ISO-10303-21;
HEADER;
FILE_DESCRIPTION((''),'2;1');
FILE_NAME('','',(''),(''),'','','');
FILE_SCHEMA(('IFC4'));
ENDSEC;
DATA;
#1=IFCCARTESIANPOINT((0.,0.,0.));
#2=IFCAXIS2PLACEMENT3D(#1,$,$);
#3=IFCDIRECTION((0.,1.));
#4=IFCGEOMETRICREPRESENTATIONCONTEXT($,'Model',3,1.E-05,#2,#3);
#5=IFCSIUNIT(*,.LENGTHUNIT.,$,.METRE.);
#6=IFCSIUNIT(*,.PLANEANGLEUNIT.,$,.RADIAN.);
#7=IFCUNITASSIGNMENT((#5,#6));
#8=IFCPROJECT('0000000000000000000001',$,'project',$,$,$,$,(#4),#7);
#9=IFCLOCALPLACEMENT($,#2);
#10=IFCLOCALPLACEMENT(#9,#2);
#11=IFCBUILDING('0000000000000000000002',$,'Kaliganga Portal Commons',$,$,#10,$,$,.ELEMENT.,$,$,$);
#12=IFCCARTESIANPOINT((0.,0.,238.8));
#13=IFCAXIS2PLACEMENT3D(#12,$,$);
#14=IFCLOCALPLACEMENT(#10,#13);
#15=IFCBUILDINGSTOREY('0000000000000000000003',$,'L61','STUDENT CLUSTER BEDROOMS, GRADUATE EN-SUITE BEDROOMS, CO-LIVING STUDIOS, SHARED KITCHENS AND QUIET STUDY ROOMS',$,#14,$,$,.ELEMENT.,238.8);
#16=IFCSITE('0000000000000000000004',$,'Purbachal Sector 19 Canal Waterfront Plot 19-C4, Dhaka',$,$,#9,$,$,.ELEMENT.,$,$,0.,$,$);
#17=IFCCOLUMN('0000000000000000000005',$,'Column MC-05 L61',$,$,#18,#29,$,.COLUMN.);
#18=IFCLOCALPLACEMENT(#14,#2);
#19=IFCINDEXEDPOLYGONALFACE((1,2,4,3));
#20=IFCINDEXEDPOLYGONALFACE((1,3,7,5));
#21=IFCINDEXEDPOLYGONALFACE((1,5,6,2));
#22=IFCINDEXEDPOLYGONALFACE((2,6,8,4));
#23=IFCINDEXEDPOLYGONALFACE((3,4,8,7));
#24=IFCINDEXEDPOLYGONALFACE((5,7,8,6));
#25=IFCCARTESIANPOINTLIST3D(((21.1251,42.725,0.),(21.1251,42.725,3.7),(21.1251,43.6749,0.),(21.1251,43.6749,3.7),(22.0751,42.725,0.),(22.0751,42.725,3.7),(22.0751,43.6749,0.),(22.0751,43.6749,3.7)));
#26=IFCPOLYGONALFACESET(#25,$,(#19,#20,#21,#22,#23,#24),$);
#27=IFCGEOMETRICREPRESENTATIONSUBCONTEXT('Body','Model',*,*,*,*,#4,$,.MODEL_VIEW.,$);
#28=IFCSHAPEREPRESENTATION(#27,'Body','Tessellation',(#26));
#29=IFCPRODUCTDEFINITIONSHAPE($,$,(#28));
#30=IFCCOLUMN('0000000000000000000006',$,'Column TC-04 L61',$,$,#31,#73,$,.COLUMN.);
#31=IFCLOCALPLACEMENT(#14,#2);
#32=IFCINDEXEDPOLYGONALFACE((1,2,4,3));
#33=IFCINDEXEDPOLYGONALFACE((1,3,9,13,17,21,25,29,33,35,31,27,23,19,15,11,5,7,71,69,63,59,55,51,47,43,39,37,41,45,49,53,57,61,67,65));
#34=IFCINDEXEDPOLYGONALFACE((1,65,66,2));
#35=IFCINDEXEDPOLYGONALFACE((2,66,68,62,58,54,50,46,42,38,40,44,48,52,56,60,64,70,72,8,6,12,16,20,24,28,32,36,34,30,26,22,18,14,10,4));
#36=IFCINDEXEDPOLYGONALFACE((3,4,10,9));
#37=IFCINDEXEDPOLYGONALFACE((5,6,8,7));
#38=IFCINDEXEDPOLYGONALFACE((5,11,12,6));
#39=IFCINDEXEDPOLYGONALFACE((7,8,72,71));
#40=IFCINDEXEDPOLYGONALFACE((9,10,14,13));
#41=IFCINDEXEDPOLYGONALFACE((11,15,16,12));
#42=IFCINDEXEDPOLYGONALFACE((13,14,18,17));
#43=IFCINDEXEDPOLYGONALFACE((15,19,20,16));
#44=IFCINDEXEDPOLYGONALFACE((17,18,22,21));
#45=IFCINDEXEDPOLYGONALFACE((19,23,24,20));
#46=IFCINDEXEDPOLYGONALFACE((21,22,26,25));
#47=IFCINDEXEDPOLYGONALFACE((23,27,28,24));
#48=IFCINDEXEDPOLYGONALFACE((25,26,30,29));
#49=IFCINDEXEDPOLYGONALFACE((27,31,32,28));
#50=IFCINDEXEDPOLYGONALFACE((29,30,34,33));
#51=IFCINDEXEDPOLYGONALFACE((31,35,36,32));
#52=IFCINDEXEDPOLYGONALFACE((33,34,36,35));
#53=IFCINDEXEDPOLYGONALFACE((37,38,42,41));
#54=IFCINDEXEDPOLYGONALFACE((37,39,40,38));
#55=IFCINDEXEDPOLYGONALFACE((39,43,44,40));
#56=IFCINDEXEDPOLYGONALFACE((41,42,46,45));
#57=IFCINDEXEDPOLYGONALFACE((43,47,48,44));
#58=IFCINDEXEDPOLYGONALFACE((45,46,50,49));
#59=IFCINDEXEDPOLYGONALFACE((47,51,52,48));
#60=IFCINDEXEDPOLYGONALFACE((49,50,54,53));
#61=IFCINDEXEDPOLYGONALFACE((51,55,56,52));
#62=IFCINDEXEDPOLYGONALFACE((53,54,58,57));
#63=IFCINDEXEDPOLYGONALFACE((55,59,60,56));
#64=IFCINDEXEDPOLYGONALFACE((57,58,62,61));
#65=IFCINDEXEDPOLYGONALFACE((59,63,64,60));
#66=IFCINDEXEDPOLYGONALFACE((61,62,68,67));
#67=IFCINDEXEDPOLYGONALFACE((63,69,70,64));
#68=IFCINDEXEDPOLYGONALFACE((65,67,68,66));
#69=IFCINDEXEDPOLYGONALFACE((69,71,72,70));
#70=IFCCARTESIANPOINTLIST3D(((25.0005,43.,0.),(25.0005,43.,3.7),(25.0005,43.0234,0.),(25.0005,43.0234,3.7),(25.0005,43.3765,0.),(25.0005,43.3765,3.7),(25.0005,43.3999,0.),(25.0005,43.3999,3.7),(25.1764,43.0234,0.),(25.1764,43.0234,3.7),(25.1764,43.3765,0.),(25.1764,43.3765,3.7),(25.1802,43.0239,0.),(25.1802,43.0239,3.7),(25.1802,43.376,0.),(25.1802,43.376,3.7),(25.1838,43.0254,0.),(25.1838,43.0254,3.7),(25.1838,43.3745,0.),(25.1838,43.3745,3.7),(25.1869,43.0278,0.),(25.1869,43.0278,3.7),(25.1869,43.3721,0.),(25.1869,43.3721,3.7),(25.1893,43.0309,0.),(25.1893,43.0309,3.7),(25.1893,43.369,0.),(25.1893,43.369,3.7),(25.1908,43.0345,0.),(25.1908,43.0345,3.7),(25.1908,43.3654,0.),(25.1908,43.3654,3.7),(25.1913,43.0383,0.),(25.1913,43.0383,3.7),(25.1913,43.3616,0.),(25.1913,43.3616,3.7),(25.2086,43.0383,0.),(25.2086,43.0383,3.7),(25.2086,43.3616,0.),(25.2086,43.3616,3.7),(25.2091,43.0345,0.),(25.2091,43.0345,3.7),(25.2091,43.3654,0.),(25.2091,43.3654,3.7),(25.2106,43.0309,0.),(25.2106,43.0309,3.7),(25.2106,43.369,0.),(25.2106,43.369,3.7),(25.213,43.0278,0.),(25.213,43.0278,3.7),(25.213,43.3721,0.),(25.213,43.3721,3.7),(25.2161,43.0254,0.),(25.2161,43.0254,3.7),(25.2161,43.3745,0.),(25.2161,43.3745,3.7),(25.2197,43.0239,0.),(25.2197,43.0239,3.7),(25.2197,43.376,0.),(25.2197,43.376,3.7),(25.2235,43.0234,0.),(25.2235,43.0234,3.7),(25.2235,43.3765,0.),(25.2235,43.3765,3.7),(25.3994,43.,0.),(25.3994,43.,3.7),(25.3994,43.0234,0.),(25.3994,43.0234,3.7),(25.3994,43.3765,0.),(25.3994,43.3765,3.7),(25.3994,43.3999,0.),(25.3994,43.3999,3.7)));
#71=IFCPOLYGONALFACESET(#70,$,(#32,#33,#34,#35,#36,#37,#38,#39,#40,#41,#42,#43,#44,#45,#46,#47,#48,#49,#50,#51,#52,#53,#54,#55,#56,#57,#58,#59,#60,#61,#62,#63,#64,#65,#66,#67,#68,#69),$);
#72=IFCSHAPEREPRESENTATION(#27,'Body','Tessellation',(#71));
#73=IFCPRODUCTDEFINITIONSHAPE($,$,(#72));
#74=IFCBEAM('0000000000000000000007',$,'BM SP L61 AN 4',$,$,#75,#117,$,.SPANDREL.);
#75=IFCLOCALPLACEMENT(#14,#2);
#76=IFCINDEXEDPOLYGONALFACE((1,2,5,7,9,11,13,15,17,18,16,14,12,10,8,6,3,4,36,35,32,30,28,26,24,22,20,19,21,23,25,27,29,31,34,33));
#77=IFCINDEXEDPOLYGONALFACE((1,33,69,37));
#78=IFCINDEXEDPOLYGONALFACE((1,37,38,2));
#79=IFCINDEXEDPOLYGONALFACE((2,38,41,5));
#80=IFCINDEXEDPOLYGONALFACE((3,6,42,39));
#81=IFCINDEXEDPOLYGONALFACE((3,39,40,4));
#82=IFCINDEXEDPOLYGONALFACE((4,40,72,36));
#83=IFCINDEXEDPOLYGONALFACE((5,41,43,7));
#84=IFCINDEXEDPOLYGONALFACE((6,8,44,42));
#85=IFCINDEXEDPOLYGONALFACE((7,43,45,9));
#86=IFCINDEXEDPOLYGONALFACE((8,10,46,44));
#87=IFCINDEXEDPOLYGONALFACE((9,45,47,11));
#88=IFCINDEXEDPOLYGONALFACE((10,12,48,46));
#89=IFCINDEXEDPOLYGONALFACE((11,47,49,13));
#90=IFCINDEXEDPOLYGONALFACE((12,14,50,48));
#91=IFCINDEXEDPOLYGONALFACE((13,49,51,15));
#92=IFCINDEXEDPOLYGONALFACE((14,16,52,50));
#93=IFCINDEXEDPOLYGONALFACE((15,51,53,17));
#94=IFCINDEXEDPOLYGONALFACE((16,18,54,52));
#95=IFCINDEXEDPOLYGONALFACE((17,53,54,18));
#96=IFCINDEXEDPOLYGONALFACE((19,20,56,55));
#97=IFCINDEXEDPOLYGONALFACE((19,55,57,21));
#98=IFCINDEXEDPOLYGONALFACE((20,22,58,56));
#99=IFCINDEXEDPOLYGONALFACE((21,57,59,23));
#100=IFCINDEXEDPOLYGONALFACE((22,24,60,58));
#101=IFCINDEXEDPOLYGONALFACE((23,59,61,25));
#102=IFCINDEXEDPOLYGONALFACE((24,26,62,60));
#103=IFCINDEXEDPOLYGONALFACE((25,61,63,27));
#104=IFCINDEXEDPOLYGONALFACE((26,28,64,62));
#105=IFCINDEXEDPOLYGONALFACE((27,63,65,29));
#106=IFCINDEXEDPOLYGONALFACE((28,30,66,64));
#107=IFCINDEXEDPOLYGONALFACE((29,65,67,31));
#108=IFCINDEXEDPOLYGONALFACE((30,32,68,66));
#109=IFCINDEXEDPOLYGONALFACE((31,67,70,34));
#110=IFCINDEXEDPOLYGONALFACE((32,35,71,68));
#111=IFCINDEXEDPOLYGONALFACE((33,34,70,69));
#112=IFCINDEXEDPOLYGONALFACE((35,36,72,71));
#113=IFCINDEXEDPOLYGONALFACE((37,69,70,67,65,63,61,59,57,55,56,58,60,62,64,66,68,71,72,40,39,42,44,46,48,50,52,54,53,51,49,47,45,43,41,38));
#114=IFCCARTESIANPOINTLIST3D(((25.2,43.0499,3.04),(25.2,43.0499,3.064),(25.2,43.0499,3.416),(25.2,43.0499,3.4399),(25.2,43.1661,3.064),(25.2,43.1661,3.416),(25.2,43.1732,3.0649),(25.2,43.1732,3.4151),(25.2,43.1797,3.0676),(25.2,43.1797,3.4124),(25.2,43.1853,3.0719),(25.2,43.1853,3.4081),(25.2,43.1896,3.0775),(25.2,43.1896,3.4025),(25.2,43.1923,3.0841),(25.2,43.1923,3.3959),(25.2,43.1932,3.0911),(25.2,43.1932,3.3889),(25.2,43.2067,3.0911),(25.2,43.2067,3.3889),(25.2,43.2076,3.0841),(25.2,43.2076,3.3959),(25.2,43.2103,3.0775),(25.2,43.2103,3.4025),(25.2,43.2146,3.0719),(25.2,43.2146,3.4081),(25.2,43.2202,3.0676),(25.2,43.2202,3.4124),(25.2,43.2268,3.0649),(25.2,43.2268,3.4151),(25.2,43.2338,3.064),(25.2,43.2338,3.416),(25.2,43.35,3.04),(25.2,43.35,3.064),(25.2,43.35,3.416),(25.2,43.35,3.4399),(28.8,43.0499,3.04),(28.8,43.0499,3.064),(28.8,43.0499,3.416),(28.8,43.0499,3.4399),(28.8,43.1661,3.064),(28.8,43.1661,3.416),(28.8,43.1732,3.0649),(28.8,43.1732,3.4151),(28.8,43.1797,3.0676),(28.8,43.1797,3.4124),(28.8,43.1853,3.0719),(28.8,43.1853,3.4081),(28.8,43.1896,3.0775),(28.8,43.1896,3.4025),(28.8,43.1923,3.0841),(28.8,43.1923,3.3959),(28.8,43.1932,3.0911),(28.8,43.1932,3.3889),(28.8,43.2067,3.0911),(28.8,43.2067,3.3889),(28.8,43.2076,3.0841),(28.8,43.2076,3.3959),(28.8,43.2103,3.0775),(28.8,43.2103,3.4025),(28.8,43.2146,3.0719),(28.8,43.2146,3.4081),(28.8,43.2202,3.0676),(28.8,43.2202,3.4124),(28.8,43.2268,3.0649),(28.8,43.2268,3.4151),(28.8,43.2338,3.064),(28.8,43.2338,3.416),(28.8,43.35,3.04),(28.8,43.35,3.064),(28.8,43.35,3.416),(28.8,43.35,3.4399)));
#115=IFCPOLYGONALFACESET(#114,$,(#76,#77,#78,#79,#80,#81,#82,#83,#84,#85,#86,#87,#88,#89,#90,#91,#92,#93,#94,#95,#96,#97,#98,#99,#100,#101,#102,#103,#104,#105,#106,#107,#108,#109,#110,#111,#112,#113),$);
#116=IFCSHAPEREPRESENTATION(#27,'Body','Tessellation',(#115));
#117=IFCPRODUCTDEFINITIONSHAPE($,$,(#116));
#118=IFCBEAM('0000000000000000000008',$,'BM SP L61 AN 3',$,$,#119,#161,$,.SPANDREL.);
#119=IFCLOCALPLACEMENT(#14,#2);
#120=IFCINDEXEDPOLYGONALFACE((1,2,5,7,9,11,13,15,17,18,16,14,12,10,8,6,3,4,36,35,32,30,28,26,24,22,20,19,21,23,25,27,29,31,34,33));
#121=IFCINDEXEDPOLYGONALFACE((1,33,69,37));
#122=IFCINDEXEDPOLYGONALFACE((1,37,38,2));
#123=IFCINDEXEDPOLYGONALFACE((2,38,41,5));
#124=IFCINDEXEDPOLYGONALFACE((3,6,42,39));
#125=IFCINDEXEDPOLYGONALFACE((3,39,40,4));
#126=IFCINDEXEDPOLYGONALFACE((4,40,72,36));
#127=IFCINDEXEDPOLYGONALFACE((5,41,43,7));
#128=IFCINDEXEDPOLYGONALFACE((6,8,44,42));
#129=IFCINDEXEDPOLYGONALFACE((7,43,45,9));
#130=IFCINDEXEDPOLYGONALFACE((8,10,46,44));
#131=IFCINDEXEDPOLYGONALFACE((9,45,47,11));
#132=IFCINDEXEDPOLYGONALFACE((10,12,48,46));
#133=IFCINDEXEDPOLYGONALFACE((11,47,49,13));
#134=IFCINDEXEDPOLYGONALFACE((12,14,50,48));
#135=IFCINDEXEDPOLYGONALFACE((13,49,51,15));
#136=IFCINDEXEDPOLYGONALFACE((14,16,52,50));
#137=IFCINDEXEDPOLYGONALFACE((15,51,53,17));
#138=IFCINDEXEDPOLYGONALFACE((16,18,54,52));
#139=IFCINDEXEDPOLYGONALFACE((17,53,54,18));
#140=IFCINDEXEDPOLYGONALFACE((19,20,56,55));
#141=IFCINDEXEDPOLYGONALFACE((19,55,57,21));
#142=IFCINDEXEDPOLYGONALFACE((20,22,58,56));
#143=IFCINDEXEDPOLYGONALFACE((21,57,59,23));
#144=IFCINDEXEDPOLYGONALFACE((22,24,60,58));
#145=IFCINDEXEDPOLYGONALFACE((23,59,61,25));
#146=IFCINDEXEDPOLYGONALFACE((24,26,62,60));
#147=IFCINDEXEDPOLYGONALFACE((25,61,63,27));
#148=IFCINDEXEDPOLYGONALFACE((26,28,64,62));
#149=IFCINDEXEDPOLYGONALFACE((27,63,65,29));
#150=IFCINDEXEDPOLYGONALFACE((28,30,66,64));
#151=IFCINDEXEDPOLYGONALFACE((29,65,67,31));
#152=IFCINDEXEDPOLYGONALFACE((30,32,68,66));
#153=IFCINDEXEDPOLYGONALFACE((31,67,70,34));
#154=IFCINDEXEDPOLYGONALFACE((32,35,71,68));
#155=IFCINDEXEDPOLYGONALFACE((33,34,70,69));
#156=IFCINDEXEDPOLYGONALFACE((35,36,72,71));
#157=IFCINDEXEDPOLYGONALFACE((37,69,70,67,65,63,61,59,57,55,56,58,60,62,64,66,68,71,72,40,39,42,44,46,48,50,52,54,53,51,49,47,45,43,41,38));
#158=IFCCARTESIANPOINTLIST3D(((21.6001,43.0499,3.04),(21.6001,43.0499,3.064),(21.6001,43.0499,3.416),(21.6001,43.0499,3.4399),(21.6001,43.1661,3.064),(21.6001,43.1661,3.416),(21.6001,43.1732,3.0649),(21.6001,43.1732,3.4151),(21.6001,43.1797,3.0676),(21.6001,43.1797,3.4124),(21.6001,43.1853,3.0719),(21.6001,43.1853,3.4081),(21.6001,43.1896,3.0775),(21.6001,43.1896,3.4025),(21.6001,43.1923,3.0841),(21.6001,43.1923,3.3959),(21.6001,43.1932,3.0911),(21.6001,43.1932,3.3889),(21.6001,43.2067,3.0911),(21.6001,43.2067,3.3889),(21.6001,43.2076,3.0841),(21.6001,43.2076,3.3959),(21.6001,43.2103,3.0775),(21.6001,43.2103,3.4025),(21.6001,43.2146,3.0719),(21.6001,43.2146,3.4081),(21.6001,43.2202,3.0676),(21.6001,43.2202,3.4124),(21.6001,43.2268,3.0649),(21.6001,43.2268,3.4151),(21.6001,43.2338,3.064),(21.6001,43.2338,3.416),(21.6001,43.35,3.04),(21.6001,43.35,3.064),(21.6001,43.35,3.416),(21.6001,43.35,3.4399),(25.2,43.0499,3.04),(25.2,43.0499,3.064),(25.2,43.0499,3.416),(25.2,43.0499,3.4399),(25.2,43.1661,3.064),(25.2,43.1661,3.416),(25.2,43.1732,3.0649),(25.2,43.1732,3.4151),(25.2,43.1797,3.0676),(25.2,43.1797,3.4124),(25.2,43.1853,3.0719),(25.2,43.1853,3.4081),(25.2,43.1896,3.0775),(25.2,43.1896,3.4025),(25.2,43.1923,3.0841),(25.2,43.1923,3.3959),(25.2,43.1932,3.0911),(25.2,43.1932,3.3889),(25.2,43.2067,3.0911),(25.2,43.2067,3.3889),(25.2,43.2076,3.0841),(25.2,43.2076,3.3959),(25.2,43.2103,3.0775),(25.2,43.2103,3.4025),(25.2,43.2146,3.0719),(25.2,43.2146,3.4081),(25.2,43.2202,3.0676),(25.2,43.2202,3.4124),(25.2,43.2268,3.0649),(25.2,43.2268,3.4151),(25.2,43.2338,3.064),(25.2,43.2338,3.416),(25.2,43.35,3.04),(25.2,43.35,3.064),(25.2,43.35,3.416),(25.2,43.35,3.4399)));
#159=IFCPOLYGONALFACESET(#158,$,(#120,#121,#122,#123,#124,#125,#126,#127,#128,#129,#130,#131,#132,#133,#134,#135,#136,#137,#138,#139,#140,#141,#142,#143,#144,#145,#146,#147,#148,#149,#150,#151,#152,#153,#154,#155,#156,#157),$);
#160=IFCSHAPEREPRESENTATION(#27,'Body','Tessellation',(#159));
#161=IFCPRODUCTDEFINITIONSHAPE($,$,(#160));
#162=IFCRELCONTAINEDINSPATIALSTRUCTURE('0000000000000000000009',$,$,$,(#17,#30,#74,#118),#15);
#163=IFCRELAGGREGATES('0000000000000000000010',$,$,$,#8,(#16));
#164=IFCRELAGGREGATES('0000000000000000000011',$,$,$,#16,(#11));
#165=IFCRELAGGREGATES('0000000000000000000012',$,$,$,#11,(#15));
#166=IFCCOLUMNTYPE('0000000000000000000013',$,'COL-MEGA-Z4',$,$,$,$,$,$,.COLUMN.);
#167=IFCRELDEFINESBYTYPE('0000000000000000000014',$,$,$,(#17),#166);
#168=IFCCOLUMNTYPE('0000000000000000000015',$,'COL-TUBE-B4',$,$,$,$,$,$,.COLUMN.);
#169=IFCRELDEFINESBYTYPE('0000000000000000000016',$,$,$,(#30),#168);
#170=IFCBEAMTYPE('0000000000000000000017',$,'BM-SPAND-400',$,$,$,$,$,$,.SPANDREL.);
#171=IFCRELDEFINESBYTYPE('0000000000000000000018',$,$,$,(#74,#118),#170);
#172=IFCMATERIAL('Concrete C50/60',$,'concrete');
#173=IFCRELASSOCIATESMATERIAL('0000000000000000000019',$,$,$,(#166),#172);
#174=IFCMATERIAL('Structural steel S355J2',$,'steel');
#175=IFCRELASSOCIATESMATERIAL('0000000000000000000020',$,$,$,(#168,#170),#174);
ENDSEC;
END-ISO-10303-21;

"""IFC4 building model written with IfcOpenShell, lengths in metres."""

from ifc_helpers import new_model, si_unit, direction, frame, origin, origin_2d, place, context, subcontext, project, spatial, rectangle, i_section, extrude, source, transform, mapped, material, material_profile, profile_set, type_object, element, save


model = new_model("IFC4")

# Units and contexts
model_context = context("Model", 3, precision=1e-05, world=origin(), true_north=direction((0.0, 1.0)))
body_context = subcontext(model_context, "Body", "Model", "MODEL_VIEW")
ifc_project = project(units=[si_unit("LENGTHUNIT", "METRE"), si_unit("PLANEANGLEUNIT", "RADIAN")], contexts=[model_context])

# Site, building, storey
site_placement = place(None, origin())
site = spatial("IfcSite", under=ifc_project, at=site_placement, Name="Purbachal Sector 19 Canal Waterfront Plot 19-C4, Dhaka", CompositionType="ELEMENT", RefElevation=0.0)
building_placement = place(site_placement, origin())
building = spatial("IfcBuilding", under=site, at=building_placement, Name="Kaliganga Portal Commons", CompositionType="ELEMENT")
storey_placement = place(building_placement, frame((0.0, 0.0, 238.8)))
storey = spatial("IfcBuildingStorey", under=building, at=storey_placement, Name="L61", Description="STUDENT CLUSTER BEDROOMS, GRADUATE EN-SUITE BEDROOMS, CO-LIVING STUDIOS, SHARED KITCHENS AND QUIET STUDY ROOMS", CompositionType="ELEMENT", Elevation=238.8)

# Columns
ifc_material_1 = material(Name="Concrete C50/60", Category="concrete")
ifc_material_profile_1 = material_profile(ifc_material_1, rectangle(XDim=0.95, YDim=0.95, at=origin_2d()), Name="RC 950x950")
ifc_profile_set_1 = profile_set([ifc_material_profile_1], Name="Concrete C50/60")
column_type_1 = type_object("IfcColumnType", Name="COL-MEGA-Z4", PredefinedType="COLUMN", material=ifc_profile_set_1)
shared_shape_1 = source(origin(), body_context, "Body", "SweptSolid", [
    extrude(rectangle(XDim=0.95, YDim=0.95, at=origin_2d()), origin(), (0.0, 0.0, 1.0), 3.7),
])
column_1_placement = place(storey_placement, frame((21.6001, 43.2, 0.0), z_axis=(0.0, 0.0, 1.0), x_axis=(1.0, 0.0, 0.0)))
element("IfcColumn", 1, at=column_1_placement, inside=storey, type_object=column_type_1, Name="Column MC-05 L61", PredefinedType="COLUMN", context=body_context, shape_type="MappedRepresentation", body=[
    mapped(shared_shape_1, transform((0.0, 0.0, 0.0), x_axis=(1.0, 0.0, 0.0), y_axis=(0.0, 1.0, 0.0), z_axis=(0.0, 0.0, 1.0), scale=1.0)),
])
ifc_material_2 = material(Name="Structural steel S355J2", Category="steel")
ifc_material_profile_2 = material_profile(ifc_material_2, i_section(OverallWidth=0.3989, OverallDepth=0.3999, WebThickness=0.0173, FlangeThickness=0.0234, FilletRadius=0.0149, at=origin_2d()), Name="HD 400x287")
ifc_profile_set_2 = profile_set([ifc_material_profile_2], Name="Structural steel S355J2 wide-flange")
column_type_2 = type_object("IfcColumnType", Name="COL-TUBE-B4", PredefinedType="COLUMN", material=ifc_profile_set_2)
shared_shape_2 = source(origin(), body_context, "Body", "SweptSolid", [
    extrude(i_section(OverallWidth=0.3989, OverallDepth=0.3999, WebThickness=0.0173, FlangeThickness=0.0234, FilletRadius=0.0149, at=origin_2d()), origin(), (0.0, 0.0, 1.0), 3.7),
])
column_2_placement = place(storey_placement, frame((25.2, 43.2, 0.0), z_axis=(0.0, 0.0, 1.0), x_axis=(1.0, 0.0, 0.0)))
element("IfcColumn", 2, at=column_2_placement, inside=storey, type_object=column_type_2, Name="Column TC-04 L61", PredefinedType="COLUMN", context=body_context, shape_type="MappedRepresentation", body=[
    mapped(shared_shape_2, transform((0.0, 0.0, 0.0), x_axis=(1.0, 0.0, 0.0), y_axis=(0.0, 1.0, 0.0), z_axis=(0.0, 0.0, 1.0), scale=1.0)),
])

# Beams
ifc_material_profile_3 = material_profile(ifc_material_2, i_section(OverallWidth=0.3, OverallDepth=0.3999, WebThickness=0.0134, FlangeThickness=0.0239, FilletRadius=0.0271, at=origin_2d()), Name="HE 400 B")
ifc_profile_set_3 = profile_set([ifc_material_profile_3], Name="Structural steel S355J2 wide-flange")
beam_type_1 = type_object("IfcBeamType", Name="BM-SPAND-400", PredefinedType="SPANDREL", material=ifc_profile_set_3)
shared_shape_3 = source(origin(), body_context, "Body", "SweptSolid", [
    extrude(i_section(OverallWidth=0.3, OverallDepth=0.3999, WebThickness=0.0134, FlangeThickness=0.0239, FilletRadius=0.0271, at=origin_2d()), origin(), (0.0, 0.0, 1.0), 3.6001),
])
beam_1_placement = place(storey_placement, frame((25.2, 43.2, 3.24), z_axis=(1.0, 0.0, 0.0), x_axis=(0.0, 1.0, 0.0)))
element("IfcBeam", 3, at=beam_1_placement, inside=storey, type_object=beam_type_1, Name="BM SP L61 AN 4", PredefinedType="SPANDREL", context=body_context, shape_type="MappedRepresentation", body=[
    mapped(shared_shape_3, transform((0.0, 0.0, 0.0), x_axis=(1.0, 0.0, 0.0), y_axis=(0.0, 1.0, 0.0), z_axis=(0.0, 0.0, 1.0), scale=1.0)),
])
shared_shape_4 = source(origin(), body_context, "Body", "SweptSolid", [
    extrude(i_section(OverallWidth=0.3, OverallDepth=0.3999, WebThickness=0.0134, FlangeThickness=0.0239, FilletRadius=0.0271, at=origin_2d()), origin(), (0.0, 0.0, 1.0), 3.5999),
])
beam_2_placement = place(storey_placement, frame((21.6001, 43.2, 3.24), z_axis=(1.0, 0.0, 0.0), x_axis=(0.0, 1.0, 0.0)))
element("IfcBeam", 4, at=beam_2_placement, inside=storey, type_object=beam_type_1, Name="BM SP L61 AN 3", PredefinedType="SPANDREL", context=body_context, shape_type="MappedRepresentation", body=[
    mapped(shared_shape_4, transform((0.0, 0.0, 0.0), x_axis=(1.0, 0.0, 0.0), y_axis=(0.0, 1.0, 0.0), z_axis=(0.0, 0.0, 1.0), scale=1.0)),
])

save(model, "model.ifc")
